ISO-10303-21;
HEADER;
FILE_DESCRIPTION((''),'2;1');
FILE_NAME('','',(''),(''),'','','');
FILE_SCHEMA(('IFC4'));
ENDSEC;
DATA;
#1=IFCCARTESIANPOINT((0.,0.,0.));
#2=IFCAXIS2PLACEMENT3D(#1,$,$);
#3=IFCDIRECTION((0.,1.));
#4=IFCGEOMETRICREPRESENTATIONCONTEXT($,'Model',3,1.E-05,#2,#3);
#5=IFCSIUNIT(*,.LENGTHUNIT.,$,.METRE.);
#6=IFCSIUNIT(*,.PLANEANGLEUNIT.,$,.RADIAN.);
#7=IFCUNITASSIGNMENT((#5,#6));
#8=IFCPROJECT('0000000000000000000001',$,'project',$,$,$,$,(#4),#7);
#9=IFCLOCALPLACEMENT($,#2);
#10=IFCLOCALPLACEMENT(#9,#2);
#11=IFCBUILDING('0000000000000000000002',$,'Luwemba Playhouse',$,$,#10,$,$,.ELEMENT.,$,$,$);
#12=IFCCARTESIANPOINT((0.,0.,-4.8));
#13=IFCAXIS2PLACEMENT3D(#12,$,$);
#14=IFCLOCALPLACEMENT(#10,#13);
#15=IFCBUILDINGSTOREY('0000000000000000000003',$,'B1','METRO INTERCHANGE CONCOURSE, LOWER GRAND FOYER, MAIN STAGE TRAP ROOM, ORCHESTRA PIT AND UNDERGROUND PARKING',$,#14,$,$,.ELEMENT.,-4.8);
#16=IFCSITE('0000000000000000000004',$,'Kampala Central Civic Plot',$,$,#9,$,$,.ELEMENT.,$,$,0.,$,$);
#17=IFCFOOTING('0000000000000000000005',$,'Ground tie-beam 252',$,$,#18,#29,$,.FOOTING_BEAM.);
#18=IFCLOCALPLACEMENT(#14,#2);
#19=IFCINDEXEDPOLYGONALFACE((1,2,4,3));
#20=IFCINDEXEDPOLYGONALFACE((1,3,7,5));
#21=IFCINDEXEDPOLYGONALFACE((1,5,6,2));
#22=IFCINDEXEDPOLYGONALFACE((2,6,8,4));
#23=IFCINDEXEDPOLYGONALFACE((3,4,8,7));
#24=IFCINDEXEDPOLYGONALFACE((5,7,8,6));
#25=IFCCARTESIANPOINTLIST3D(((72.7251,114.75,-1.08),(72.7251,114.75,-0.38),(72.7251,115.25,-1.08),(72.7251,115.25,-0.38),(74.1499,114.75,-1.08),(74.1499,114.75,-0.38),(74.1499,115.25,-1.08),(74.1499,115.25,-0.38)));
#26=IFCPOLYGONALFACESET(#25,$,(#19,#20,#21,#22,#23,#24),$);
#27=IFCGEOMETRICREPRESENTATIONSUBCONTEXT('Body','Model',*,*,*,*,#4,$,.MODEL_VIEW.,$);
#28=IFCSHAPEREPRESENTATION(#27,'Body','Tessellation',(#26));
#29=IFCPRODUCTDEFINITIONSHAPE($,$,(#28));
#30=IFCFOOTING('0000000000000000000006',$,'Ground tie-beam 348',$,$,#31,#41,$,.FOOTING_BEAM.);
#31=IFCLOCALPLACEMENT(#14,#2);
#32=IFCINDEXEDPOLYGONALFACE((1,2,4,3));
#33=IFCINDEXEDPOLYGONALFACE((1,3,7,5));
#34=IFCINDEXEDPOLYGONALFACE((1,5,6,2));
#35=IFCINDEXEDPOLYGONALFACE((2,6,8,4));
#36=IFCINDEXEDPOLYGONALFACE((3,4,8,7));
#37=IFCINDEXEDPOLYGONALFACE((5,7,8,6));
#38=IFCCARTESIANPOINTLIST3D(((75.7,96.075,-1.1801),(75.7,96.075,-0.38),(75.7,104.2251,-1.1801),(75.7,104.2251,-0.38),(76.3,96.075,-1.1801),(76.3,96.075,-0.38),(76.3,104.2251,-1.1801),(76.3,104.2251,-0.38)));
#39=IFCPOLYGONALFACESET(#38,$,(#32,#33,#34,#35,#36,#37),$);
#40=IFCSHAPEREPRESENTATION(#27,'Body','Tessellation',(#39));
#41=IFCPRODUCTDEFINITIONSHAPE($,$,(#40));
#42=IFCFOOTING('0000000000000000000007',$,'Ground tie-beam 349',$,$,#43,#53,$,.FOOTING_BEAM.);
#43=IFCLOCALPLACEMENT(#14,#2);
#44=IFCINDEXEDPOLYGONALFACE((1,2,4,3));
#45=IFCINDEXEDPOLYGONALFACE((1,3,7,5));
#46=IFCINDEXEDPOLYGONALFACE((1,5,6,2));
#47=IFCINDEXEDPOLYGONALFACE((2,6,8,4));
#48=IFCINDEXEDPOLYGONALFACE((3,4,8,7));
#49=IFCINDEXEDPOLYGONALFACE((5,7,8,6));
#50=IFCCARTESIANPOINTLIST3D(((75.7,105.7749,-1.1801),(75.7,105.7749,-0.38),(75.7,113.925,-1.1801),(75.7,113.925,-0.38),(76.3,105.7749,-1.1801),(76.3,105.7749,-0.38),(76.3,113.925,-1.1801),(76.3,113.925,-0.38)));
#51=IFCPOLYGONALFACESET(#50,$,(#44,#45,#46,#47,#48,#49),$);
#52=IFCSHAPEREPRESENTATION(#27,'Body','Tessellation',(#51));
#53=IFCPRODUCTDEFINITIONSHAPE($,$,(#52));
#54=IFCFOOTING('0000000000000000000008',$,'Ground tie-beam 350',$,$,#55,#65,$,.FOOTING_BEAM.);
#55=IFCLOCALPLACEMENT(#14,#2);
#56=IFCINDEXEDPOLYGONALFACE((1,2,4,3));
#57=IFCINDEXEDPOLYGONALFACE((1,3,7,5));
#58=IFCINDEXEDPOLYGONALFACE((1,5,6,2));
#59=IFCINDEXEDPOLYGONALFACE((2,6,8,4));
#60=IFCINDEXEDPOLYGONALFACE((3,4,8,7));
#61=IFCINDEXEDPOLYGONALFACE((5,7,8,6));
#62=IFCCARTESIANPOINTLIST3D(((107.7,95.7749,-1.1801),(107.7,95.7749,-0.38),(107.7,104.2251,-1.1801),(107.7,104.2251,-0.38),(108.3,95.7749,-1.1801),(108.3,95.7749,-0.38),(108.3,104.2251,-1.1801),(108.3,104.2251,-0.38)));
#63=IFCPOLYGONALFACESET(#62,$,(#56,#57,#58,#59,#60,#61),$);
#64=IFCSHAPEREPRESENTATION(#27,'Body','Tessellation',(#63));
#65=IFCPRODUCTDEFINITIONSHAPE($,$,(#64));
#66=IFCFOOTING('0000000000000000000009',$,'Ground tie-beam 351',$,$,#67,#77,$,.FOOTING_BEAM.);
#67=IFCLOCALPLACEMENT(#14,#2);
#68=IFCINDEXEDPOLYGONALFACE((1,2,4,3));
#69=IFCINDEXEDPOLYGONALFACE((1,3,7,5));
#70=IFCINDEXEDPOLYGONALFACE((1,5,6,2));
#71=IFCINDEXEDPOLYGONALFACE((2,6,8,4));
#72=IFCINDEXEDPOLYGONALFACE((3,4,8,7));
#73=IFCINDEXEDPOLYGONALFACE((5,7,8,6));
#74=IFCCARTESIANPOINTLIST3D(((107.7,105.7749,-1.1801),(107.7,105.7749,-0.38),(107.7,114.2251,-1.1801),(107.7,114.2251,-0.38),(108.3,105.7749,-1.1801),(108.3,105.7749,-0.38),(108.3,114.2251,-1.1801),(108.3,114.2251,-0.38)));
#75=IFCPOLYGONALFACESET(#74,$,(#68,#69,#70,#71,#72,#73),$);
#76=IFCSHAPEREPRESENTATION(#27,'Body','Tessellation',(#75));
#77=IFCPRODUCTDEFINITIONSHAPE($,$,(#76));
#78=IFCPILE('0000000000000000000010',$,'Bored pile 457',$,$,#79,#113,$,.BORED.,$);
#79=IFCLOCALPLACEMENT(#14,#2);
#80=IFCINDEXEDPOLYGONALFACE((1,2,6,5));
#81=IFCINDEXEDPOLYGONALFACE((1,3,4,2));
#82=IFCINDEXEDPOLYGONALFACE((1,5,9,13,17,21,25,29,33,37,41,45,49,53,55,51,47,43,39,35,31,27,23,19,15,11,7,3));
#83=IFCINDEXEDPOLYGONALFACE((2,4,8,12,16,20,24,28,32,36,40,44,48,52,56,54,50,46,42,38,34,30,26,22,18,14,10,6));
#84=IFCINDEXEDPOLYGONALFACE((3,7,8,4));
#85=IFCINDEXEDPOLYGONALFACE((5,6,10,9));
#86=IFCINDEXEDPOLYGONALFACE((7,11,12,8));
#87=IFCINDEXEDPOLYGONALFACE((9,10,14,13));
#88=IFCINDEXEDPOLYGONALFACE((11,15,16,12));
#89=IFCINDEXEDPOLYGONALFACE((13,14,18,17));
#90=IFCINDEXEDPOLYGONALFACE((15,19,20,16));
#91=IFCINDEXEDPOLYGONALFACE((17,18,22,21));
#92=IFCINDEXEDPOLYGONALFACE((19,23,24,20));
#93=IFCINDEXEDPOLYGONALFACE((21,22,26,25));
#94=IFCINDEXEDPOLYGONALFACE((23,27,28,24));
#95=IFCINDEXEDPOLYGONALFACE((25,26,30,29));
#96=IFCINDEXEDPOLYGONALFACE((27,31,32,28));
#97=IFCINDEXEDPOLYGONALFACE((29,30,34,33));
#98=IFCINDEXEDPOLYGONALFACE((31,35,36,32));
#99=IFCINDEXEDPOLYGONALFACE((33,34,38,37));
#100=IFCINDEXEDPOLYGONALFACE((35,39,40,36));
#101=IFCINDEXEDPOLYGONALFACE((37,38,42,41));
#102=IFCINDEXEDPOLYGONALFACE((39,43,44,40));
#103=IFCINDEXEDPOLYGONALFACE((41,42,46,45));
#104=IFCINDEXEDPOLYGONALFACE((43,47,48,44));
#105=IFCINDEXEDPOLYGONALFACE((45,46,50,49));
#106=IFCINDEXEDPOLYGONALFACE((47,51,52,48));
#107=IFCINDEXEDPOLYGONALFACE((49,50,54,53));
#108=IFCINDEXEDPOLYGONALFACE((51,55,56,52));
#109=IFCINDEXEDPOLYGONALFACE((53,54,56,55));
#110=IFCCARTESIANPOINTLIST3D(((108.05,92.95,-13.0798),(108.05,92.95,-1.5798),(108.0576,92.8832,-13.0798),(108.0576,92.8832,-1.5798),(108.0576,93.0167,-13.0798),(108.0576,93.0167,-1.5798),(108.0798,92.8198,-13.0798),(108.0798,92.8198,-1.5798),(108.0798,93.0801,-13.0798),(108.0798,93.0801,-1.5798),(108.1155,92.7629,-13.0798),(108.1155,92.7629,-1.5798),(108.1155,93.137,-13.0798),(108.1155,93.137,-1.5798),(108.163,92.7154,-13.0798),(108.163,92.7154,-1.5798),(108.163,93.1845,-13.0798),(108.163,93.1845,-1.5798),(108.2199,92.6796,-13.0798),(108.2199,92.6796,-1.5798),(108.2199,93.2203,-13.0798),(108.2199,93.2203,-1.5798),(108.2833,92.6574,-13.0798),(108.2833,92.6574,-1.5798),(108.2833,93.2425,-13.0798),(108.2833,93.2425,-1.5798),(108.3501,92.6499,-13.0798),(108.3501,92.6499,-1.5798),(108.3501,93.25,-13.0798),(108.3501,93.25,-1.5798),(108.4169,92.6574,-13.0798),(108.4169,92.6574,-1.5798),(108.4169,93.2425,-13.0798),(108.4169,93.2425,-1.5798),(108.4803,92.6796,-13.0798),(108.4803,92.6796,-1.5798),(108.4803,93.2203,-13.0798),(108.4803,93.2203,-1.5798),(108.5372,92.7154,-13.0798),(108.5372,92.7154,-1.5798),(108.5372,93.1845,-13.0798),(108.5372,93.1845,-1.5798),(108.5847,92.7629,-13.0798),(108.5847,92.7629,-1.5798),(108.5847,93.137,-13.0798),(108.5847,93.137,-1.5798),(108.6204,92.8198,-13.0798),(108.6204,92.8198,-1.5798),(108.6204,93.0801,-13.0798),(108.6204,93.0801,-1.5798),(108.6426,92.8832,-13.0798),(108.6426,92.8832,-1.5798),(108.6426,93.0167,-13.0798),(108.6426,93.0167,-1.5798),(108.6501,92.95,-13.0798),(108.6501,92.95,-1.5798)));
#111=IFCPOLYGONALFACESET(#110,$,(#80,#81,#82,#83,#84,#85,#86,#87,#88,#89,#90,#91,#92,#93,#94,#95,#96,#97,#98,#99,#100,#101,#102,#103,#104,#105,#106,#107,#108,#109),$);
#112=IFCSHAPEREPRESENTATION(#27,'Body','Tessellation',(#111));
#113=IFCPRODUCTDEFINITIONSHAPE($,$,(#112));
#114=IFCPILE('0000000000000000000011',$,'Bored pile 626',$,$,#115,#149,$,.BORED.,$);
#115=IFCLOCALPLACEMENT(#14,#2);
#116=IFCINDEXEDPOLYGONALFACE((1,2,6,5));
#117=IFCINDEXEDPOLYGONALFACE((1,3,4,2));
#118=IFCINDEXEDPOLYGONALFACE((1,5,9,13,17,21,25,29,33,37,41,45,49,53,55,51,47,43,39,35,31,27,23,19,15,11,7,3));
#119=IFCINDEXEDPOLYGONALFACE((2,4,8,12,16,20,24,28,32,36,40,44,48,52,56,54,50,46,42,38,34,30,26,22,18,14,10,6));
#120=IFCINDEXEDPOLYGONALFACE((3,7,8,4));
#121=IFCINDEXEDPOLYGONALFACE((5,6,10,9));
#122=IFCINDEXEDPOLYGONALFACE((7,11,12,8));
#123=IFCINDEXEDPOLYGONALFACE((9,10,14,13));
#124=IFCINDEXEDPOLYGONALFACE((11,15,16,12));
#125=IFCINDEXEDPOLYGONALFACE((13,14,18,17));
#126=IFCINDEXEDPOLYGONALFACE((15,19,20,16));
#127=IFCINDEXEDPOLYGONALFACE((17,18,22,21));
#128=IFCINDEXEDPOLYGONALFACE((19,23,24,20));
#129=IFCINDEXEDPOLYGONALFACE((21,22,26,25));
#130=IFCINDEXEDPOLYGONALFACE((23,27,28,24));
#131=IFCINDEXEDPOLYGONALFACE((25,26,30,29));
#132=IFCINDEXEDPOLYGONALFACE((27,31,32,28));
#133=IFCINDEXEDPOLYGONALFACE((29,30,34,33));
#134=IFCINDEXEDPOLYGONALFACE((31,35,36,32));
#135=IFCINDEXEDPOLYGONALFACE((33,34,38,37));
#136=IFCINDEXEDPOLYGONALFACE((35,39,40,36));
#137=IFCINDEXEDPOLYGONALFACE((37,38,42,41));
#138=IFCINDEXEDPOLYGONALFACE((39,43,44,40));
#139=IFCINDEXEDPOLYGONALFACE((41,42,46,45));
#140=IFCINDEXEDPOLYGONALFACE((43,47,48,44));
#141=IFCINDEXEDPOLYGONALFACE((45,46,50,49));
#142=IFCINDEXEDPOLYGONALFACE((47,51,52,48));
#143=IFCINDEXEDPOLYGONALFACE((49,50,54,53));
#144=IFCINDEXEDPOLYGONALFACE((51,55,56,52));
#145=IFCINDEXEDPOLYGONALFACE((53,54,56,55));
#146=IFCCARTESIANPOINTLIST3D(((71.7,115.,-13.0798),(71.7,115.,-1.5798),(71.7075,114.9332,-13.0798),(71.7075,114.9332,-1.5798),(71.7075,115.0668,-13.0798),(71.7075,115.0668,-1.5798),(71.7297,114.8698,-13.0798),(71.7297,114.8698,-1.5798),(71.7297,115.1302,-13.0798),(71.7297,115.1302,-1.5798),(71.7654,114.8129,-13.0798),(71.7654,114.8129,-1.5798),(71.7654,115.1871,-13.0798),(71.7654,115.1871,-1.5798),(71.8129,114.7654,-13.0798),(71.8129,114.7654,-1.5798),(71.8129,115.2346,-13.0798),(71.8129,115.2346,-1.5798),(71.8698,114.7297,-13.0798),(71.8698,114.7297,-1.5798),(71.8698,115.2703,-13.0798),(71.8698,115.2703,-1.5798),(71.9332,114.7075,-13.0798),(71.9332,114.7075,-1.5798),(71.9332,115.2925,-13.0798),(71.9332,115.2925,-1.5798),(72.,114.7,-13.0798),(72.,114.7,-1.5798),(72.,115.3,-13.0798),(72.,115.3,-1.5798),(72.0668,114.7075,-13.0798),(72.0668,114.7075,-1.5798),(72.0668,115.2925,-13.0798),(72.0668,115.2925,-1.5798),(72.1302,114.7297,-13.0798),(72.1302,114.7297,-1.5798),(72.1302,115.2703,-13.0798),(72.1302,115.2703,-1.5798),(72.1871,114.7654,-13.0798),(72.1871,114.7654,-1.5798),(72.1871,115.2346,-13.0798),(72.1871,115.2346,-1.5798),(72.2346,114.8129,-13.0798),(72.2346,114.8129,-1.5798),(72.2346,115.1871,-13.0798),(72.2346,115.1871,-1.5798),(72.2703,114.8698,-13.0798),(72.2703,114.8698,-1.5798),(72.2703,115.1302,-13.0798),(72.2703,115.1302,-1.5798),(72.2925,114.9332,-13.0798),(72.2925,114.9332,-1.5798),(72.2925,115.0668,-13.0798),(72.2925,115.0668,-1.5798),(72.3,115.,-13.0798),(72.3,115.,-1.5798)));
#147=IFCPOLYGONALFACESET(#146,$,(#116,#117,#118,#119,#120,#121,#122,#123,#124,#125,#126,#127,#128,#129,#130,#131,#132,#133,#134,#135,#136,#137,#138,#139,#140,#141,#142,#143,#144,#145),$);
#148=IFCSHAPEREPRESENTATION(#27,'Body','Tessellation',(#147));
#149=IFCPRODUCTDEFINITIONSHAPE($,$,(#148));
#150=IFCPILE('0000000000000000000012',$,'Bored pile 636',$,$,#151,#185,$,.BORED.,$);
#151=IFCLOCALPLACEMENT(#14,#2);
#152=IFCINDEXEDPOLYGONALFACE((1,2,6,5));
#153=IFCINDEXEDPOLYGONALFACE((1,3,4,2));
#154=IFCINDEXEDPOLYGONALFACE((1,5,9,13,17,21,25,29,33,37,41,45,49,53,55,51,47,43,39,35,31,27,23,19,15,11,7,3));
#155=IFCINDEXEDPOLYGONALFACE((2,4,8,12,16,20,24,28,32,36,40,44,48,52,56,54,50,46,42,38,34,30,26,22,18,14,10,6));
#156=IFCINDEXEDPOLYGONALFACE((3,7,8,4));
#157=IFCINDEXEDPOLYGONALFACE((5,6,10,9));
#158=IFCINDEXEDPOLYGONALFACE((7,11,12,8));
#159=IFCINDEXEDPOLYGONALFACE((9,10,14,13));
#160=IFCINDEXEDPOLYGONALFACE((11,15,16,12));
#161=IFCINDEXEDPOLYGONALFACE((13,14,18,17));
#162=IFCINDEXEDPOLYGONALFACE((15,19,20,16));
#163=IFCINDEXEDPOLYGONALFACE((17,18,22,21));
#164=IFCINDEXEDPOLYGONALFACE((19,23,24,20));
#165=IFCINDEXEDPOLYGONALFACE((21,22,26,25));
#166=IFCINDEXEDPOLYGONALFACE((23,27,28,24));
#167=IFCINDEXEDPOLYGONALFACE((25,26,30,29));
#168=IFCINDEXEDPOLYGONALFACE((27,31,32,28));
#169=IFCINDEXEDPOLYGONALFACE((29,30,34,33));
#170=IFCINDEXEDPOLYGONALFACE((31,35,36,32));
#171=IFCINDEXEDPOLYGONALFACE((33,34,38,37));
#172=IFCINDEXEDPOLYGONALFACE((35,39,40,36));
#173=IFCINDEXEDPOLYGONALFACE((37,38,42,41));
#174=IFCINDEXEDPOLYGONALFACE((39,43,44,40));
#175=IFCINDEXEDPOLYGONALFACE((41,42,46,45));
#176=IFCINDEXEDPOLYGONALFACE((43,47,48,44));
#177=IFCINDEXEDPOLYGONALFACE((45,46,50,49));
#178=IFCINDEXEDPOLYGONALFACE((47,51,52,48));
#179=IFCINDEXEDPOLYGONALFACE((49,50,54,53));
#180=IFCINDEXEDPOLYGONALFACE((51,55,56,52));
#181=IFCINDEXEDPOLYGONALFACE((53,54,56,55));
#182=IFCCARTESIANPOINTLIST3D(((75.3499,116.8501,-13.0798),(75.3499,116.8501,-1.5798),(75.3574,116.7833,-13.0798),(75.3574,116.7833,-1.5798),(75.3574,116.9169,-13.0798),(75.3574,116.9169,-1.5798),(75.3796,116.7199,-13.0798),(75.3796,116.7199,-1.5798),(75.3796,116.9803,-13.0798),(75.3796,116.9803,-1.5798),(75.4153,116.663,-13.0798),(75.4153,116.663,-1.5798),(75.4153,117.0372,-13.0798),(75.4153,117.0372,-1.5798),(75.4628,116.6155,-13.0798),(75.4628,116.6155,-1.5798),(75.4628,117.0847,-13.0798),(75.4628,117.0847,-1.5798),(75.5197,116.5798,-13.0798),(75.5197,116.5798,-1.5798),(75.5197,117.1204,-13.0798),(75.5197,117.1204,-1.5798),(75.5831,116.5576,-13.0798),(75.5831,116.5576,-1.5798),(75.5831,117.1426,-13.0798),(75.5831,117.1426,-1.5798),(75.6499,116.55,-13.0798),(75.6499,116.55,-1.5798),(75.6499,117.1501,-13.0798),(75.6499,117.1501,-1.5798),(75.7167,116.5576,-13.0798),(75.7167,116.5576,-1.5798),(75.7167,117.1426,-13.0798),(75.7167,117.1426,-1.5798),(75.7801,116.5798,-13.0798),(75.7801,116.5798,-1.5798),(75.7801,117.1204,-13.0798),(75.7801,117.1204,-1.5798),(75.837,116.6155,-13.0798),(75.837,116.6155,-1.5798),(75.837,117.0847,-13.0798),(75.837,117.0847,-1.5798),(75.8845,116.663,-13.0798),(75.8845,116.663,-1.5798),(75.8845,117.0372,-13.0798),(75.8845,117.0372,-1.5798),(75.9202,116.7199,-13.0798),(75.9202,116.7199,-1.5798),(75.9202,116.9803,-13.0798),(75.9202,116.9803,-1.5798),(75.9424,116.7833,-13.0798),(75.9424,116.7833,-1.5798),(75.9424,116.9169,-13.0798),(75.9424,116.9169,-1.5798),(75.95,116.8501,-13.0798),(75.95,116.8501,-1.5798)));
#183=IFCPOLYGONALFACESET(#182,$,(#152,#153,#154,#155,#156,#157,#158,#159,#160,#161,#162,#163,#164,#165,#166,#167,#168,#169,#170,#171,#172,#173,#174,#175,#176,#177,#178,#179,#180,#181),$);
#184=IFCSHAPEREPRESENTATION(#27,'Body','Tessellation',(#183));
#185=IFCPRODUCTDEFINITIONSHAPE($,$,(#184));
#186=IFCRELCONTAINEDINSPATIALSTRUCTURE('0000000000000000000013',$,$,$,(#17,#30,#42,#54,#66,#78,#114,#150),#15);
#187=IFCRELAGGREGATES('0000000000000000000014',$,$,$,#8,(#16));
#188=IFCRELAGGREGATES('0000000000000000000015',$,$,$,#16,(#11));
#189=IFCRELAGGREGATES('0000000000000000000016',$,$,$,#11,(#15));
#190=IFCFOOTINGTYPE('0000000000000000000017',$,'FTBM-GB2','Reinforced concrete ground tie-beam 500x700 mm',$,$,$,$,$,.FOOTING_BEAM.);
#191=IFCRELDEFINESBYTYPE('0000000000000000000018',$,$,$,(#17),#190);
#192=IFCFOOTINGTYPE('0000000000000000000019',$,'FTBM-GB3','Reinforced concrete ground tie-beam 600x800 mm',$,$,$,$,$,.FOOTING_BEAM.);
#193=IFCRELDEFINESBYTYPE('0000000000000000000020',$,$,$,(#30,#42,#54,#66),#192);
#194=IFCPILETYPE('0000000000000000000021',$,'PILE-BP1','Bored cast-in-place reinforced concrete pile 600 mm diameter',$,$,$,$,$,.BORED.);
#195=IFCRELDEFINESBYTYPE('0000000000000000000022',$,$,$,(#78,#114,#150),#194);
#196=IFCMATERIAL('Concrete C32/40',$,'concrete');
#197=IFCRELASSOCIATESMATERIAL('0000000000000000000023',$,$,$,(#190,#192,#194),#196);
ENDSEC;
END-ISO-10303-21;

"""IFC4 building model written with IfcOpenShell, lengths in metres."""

from ifc_helpers import new_model, si_unit, direction, frame, origin, origin_2d, place, context, subcontext, project, spatial, rectangle, circle, extrude, material, material_profile, profile_set, type_object, element, save


model = new_model("IFC4")

# Units and contexts
model_context = context("Model", 3, precision=1e-05, world=origin(), true_north=direction((0.0, 1.0)))
body_context = subcontext(model_context, "Body", "Model", "MODEL_VIEW")
ifc_project = project(units=[si_unit("LENGTHUNIT", "METRE"), si_unit("PLANEANGLEUNIT", "RADIAN")], contexts=[model_context])

# Site, building, storey
site_placement = place(None, origin())
site = spatial("IfcSite", under=ifc_project, at=site_placement, Name="Kampala Central Civic Plot", CompositionType="ELEMENT", RefElevation=0.0)
building_placement = place(site_placement, origin())
building = spatial("IfcBuilding", under=site, at=building_placement, Name="Luwemba Playhouse", CompositionType="ELEMENT")
storey_placement = place(building_placement, frame((0.0, 0.0, -4.8)))
storey = spatial("IfcBuildingStorey", under=building, at=storey_placement, Name="B1", Description="METRO INTERCHANGE CONCOURSE, LOWER GRAND FOYER, MAIN STAGE TRAP ROOM, ORCHESTRA PIT AND UNDERGROUND PARKING", CompositionType="ELEMENT", Elevation=-4.8)

# Footings
ifc_material_1 = material(Name="Concrete C32/40", Category="concrete")
ifc_material_profile_1 = material_profile(ifc_material_1, rectangle(XDim=0.5, YDim=0.7, at=origin_2d()))
ifc_profile_set_1 = profile_set([ifc_material_profile_1], Name="Concrete C32/40")
footing_type_1 = type_object("IfcFootingType", Name="FTBM-GB2", Description="Reinforced concrete ground tie-beam 500x700 mm", PredefinedType="FOOTING_BEAM", material=ifc_profile_set_1)
footing_placement = place(storey_placement, frame((72.7251, 115.0, -0.73), z_axis=(1.0, 0.0, 0.0), x_axis=(0.0, 1.0, 0.0)))
element("IfcFooting", 1, at=footing_placement, inside=storey, type_object=footing_type_1, Name="Ground tie-beam 252", PredefinedType="FOOTING_BEAM", context=body_context, shape_type="SweptSolid", body=[
    extrude(rectangle(XDim=0.5, YDim=0.7, at=origin_2d()), origin(), (0.0, 0.0, 1.0), 1.4248),
])
ifc_material_profile_2 = material_profile(ifc_material_1, rectangle(XDim=0.6001, YDim=0.8, at=origin_2d()))
ifc_profile_set_2 = profile_set([ifc_material_profile_2], Name="Concrete C32/40")
footing_type_2 = type_object("IfcFootingType", Name="FTBM-GB3", Description="Reinforced concrete ground tie-beam 600x800 mm", PredefinedType="FOOTING_BEAM", material=ifc_profile_set_2)
for number, where, z_axis, x_axis, name in (
    (2, (76.0, 96.075, -0.78), (0.0, 1.0, 0.0), (-1.0, 0.0, 0.0), "Ground tie-beam 348"),
    (3, (76.0, 105.7749, -0.78), (0.0, 1.0, 0.0), (-1.0, 0.0, 0.0), "Ground tie-beam 349"),
):
    element("IfcFooting", number, at=place(storey_placement, frame(where, z_axis=z_axis, x_axis=x_axis)), inside=storey, type_object=footing_type_2, Name=name, PredefinedType="FOOTING_BEAM", context=body_context, shape_type="SweptSolid", body=[
        extrude(rectangle(XDim=0.6001, YDim=0.8, at=origin_2d()), origin(), (0.0, 0.0, 1.0), 8.1501),
    ])
for number, where, z_axis, x_axis, name in (
    (4, (108.0, 95.7749, -0.78), (0.0, 1.0, 0.0), (-1.0, 0.0, 0.0), "Ground tie-beam 350"),
    (5, (108.0, 105.7749, -0.78), (0.0, 1.0, 0.0), (-1.0, 0.0, 0.0), "Ground tie-beam 351"),
):
    element("IfcFooting", number, at=place(storey_placement, frame(where, z_axis=z_axis, x_axis=x_axis)), inside=storey, type_object=footing_type_2, Name=name, PredefinedType="FOOTING_BEAM", context=body_context, shape_type="SweptSolid", body=[
        extrude(rectangle(XDim=0.6001, YDim=0.8, at=origin_2d()), origin(), (0.0, 0.0, 1.0), 8.4502),
    ])

# Piles
ifc_material_profile_3 = material_profile(ifc_material_1, circle(Radius=0.3, at=origin_2d()))
ifc_profile_set_3 = profile_set([ifc_material_profile_3], Name="Concrete C32/40")
pile_type_1 = type_object("IfcPileType", Name="PILE-BP1", Description="Bored cast-in-place reinforced concrete pile 600 mm diameter", PredefinedType="BORED", material=ifc_profile_set_3)
for number, where, z_axis, x_axis, name in (
    (6, (108.3501, 92.95, -1.5798), (0.0, 0.0, -1.0), (1.0, 0.0, 0.0), "Bored pile 457"),
    (7, (72.0, 115.0, -1.5798), (0.0, 0.0, -1.0), (1.0, 0.0, 0.0), "Bored pile 626"),
    (8, (75.6499, 116.8501, -1.5798), (0.0, 0.0, -1.0), (1.0, 0.0, 0.0), "Bored pile 636"),
):
    element("IfcPile", number, at=place(storey_placement, frame(where, z_axis=z_axis, x_axis=x_axis)), inside=storey, type_object=pile_type_1, Name=name, PredefinedType="BORED", context=body_context, shape_type="SweptSolid", body=[
        extrude(circle(Radius=0.3, at=origin_2d()), origin(), (0.0, 0.0, 1.0), 11.5),
    ])

save(model, "model.ifc")
